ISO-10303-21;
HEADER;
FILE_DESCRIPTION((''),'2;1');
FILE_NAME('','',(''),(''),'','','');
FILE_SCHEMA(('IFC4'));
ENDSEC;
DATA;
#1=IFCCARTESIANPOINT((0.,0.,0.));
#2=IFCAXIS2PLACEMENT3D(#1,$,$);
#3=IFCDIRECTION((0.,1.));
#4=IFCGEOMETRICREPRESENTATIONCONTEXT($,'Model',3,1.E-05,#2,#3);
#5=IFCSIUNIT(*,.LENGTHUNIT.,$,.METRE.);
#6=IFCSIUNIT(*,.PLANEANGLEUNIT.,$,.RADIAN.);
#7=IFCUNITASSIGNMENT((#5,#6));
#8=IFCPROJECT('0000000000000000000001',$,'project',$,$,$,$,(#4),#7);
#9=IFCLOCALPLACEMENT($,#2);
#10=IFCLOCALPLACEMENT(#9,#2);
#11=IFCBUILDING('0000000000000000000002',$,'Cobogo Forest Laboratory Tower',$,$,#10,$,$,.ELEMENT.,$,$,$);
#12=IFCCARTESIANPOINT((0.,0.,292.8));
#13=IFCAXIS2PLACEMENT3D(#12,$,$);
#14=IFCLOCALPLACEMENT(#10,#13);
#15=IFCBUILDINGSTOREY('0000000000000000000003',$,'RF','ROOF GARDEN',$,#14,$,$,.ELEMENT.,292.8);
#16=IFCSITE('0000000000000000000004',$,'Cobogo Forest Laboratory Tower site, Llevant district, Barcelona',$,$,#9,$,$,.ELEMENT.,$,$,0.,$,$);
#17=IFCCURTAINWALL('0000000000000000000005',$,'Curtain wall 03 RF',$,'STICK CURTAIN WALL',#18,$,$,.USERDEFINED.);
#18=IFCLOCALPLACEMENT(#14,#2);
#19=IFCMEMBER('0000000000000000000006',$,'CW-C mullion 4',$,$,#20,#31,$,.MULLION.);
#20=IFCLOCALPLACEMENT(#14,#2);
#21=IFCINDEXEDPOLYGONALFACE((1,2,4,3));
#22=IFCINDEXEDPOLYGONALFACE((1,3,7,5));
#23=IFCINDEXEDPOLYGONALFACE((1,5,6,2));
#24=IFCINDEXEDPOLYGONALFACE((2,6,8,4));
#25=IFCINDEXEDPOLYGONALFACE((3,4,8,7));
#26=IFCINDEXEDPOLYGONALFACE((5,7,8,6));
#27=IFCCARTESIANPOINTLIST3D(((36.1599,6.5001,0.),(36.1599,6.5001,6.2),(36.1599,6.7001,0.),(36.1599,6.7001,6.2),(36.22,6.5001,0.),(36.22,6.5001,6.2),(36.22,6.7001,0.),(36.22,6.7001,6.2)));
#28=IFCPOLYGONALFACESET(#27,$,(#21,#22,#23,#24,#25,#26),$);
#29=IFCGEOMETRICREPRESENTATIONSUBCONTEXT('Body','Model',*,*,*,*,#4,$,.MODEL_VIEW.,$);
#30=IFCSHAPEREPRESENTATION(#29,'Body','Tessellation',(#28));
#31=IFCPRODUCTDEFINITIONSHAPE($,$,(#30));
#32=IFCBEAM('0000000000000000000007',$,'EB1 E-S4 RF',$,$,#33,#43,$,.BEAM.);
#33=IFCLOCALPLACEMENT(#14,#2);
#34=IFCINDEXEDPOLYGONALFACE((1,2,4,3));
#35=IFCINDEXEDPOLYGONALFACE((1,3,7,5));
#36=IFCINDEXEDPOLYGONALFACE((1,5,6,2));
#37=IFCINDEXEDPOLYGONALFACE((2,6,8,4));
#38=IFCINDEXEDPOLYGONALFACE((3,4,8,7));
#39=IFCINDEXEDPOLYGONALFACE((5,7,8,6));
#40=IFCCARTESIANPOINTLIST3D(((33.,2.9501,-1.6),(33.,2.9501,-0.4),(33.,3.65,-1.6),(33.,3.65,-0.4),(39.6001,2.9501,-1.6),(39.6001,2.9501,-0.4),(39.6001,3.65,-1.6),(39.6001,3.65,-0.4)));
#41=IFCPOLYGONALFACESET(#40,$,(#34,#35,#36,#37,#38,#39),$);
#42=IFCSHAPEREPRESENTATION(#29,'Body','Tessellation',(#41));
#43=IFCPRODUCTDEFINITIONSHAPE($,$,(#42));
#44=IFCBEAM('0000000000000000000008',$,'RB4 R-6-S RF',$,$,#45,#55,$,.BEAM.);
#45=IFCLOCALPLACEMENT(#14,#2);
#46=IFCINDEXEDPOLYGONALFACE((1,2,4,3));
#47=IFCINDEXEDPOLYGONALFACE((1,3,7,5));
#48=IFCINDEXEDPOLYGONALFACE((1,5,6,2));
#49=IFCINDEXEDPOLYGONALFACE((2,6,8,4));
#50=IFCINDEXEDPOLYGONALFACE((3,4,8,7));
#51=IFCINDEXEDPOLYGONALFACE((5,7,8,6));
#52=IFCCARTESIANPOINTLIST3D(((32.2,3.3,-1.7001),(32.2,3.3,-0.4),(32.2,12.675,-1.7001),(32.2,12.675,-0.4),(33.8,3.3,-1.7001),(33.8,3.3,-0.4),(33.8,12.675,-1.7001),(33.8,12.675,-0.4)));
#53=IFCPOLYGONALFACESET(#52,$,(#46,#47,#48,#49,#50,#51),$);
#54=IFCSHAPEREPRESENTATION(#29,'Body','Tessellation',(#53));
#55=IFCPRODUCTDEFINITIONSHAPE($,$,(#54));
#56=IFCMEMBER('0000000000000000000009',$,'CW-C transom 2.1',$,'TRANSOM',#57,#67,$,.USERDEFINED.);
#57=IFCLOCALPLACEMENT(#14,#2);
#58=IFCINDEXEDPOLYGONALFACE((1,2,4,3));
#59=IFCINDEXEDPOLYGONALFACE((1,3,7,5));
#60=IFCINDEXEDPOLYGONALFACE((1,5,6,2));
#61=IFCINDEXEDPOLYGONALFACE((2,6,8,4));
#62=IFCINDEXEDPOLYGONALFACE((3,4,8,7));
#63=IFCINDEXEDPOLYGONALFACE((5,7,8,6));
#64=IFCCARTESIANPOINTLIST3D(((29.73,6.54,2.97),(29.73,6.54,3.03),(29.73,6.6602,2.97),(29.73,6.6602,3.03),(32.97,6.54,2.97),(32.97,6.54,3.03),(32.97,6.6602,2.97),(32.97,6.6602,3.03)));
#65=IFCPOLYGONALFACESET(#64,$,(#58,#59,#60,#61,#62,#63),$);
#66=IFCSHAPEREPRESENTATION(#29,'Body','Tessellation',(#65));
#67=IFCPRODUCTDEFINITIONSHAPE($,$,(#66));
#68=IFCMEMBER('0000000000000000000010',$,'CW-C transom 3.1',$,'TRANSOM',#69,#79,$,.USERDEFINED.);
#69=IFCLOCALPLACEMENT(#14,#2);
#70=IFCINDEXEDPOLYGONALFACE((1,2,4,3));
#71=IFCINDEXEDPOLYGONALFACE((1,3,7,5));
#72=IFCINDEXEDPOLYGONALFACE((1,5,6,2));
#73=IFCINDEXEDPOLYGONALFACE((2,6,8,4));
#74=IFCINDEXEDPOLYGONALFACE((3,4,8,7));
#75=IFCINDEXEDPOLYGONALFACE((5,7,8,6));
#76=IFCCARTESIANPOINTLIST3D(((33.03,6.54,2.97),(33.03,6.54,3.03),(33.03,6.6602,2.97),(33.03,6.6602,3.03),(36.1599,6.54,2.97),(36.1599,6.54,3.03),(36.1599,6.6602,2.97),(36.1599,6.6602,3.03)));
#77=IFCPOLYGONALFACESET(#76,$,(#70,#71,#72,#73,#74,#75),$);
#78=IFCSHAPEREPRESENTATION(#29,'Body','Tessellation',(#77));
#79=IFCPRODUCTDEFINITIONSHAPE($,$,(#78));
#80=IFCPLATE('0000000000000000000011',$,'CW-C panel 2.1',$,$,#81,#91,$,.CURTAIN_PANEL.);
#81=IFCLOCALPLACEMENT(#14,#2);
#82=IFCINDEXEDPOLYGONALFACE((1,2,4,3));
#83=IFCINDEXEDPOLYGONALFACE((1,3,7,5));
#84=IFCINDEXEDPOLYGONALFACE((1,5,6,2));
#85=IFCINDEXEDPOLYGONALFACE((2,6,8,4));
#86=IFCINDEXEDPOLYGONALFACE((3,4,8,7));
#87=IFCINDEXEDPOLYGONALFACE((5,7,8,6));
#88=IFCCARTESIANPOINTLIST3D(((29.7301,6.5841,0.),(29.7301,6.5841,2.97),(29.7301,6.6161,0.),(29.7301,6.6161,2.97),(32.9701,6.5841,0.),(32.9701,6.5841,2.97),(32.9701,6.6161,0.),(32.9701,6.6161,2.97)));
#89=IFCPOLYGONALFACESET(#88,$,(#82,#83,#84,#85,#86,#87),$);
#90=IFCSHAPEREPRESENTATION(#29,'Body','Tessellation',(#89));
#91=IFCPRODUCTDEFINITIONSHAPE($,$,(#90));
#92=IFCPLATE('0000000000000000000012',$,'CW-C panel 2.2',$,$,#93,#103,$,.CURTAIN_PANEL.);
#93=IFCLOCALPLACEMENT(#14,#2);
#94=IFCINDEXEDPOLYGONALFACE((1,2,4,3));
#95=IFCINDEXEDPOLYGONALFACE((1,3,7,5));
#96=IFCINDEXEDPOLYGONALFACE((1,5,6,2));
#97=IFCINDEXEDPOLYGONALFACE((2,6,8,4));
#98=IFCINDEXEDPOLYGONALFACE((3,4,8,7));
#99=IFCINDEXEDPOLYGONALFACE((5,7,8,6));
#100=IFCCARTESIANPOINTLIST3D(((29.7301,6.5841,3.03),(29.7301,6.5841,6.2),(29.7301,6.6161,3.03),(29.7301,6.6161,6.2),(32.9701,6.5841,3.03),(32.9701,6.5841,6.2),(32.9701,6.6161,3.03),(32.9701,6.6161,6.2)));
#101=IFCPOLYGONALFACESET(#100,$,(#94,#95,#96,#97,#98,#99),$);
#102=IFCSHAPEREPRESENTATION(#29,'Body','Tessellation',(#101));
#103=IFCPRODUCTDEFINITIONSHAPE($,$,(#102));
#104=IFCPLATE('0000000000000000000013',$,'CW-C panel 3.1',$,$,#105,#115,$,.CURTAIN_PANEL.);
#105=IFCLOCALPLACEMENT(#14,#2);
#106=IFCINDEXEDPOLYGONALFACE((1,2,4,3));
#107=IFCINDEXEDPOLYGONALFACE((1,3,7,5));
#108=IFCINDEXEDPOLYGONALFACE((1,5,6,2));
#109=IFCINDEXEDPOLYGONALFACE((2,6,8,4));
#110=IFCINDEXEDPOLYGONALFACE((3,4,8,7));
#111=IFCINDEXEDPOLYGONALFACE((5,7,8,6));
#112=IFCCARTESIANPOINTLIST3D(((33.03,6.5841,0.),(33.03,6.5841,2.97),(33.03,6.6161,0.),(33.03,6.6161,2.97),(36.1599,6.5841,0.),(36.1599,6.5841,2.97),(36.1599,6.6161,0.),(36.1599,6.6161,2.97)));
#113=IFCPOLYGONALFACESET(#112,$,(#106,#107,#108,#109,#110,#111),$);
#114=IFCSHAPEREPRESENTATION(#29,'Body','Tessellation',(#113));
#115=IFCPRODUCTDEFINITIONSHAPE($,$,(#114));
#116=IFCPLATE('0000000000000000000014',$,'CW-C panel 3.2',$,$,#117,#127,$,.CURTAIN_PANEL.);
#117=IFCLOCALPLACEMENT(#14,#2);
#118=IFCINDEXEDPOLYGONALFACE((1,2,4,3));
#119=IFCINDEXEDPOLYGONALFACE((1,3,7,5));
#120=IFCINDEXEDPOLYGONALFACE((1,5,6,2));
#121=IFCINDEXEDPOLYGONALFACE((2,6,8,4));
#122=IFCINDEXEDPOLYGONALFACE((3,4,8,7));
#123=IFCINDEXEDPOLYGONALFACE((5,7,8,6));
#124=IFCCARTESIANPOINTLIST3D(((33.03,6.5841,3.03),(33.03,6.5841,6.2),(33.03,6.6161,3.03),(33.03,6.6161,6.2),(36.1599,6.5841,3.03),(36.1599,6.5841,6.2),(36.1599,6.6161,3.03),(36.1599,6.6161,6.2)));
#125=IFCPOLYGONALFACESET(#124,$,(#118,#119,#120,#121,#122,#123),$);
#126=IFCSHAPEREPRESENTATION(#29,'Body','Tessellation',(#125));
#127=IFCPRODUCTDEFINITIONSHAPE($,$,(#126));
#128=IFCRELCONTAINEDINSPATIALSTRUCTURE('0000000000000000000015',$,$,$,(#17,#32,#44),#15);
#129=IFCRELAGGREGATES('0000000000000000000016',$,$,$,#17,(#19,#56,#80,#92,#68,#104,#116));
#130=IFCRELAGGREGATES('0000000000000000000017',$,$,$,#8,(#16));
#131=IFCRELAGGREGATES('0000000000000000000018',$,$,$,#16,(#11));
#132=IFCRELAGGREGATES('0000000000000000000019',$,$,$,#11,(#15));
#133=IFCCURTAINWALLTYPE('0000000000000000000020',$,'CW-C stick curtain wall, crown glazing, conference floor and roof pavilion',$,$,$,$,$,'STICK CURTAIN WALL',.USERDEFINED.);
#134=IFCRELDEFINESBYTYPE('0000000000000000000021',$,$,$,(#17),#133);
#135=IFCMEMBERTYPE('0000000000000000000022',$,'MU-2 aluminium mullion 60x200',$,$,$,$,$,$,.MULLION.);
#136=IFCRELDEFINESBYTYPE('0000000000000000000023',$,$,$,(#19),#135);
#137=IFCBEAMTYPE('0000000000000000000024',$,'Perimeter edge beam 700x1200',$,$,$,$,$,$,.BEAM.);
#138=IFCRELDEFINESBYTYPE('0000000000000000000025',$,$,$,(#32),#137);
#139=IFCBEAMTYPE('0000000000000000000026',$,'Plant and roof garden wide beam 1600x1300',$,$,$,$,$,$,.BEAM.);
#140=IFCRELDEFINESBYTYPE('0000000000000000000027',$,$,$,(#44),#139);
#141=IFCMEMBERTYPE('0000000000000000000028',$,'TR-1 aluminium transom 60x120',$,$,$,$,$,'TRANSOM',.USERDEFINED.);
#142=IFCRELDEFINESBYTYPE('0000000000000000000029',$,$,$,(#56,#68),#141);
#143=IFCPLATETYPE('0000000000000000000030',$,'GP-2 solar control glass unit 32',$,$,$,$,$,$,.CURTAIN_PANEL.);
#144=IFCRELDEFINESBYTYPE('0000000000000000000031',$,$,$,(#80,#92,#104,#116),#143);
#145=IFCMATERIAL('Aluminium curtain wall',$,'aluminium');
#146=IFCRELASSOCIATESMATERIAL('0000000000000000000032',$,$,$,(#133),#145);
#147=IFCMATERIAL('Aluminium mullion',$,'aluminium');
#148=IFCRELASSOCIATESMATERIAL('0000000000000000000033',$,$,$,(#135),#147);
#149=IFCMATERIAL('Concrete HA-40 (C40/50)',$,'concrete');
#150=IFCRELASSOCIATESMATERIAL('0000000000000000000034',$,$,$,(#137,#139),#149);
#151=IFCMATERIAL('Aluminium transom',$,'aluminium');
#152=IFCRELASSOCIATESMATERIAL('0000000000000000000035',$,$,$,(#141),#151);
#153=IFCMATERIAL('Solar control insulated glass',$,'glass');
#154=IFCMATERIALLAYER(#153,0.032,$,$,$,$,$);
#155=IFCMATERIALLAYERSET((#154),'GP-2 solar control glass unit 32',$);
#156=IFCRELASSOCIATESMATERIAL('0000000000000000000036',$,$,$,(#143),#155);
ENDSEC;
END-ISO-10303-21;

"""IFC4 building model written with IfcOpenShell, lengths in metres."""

from ifc_helpers import new_model, si_unit, direction, frame, origin, origin_2d, place, context, subcontext, project, spatial, rectangle, extrude, material, layer, layer_set, material_profile, profile_set, type_object, element, aggregate, save


model = new_model("IFC4")

# Units and contexts
model_context = context("Model", 3, precision=1e-05, world=origin(), true_north=direction((0.0, 1.0)))
body_context = subcontext(model_context, "Body", "Model", "MODEL_VIEW")
ifc_project = project(units=[si_unit("LENGTHUNIT", "METRE"), si_unit("PLANEANGLEUNIT", "RADIAN")], contexts=[model_context])

# Site, building, storey
site_placement = place(None, origin())
site = spatial("IfcSite", under=ifc_project, at=site_placement, Name="Cobogo Forest Laboratory Tower site, Llevant district, Barcelona", CompositionType="ELEMENT", RefElevation=0.0)
building_placement = place(site_placement, origin())
building = spatial("IfcBuilding", under=site, at=building_placement, Name="Cobogo Forest Laboratory Tower", CompositionType="ELEMENT")
storey_placement = place(building_placement, frame((0.0, 0.0, 292.8)))
storey = spatial("IfcBuildingStorey", under=building, at=storey_placement, Name="RF", Description="ROOF GARDEN", CompositionType="ELEMENT", Elevation=292.8)

# Curtain wall, member
ifc_material_1 = material(Name="Aluminium curtain wall", Category="aluminium")
curtain_wall_type = type_object("IfcCurtainWallType", Name="CW-C stick curtain wall, crown glazing, conference floor and roof pavilion", ElementType="STICK CURTAIN WALL", PredefinedType="USERDEFINED", material=ifc_material_1)
curtain_wall_placement = place(storey_placement, origin())
curtain_wall = element("IfcCurtainWall", 1, at=curtain_wall_placement, inside=storey, type_object=curtain_wall_type, Name="Curtain wall 03 RF", ObjectType="STICK CURTAIN WALL", PredefinedType="USERDEFINED")
ifc_material_2 = material(Name="Aluminium mullion", Category="aluminium")
ifc_material_profile_1 = material_profile(ifc_material_2, rectangle(XDim=0.0601, YDim=0.2, at=origin_2d()), Name="AL 60x200")
ifc_profile_set_1 = profile_set([ifc_material_profile_1], Name="Aluminium mullion")
member_type_1 = type_object("IfcMemberType", Name="MU-2 aluminium mullion 60x200", PredefinedType="MULLION", material=ifc_profile_set_1)
member_1_placement = place(storey_placement, frame((36.1899, 6.6001, 0.0), z_axis=(0.0, 0.0, 1.0), x_axis=(1.0, 0.0, 0.0)))
member_1 = element("IfcMember", 2, at=member_1_placement, type_object=member_type_1, Name="CW-C mullion 4", PredefinedType="MULLION", context=body_context, shape_type="SweptSolid", body=[
    extrude(rectangle(XDim=0.0601, YDim=0.2, at=origin_2d()), origin(), (0.0, 0.0, 1.0), 6.2),
])

# Beams
ifc_material_3 = material(Name="Concrete HA-40 (C40/50)", Category="concrete")
ifc_material_profile_2 = material_profile(ifc_material_3, rectangle(XDim=0.7, YDim=1.2, at=origin_2d()), Name="RC 700x1200")
ifc_profile_set_2 = profile_set([ifc_material_profile_2], Name="Concrete HA-40 (C40/50)")
beam_type_1 = type_object("IfcBeamType", Name="Perimeter edge beam 700x1200", PredefinedType="BEAM", material=ifc_profile_set_2)
beam_1_placement = place(storey_placement, frame((33.0, 3.3, -1.0), z_axis=(1.0, 0.0, 0.0), x_axis=(0.0, 1.0, 0.0)))
element("IfcBeam", 3, at=beam_1_placement, inside=storey, type_object=beam_type_1, Name="EB1 E-S4 RF", PredefinedType="BEAM", context=body_context, shape_type="SweptSolid", body=[
    extrude(rectangle(XDim=0.7, YDim=1.2, at=origin_2d()), origin(), (0.0, 0.0, 1.0), 6.6001),
])
ifc_material_profile_3 = material_profile(ifc_material_3, rectangle(XDim=1.6001, YDim=1.3, at=origin_2d()), Name="RC 1600x1300")
ifc_profile_set_3 = profile_set([ifc_material_profile_3], Name="Concrete HA-40 (C40/50)")
beam_type_2 = type_object("IfcBeamType", Name="Plant and roof garden wide beam 1600x1300", PredefinedType="BEAM", material=ifc_profile_set_3)
beam_2_placement = place(storey_placement, frame((33.0, 12.675, -1.05), z_axis=(0.0, -1.0, 0.0), x_axis=(1.0, 0.0, 0.0)))
element("IfcBeam", 4, at=beam_2_placement, inside=storey, type_object=beam_type_2, Name="RB4 R-6-S RF", PredefinedType="BEAM", context=body_context, shape_type="SweptSolid", body=[
    extrude(rectangle(XDim=1.6001, YDim=1.3, at=origin_2d()), origin(), (0.0, 0.0, 1.0), 9.375),
])

# Members
ifc_material_4 = material(Name="Aluminium transom", Category="aluminium")
ifc_material_profile_4 = material_profile(ifc_material_4, rectangle(XDim=0.1201, YDim=0.0601, at=origin_2d()), Name="AL 60x120")
ifc_profile_set_4 = profile_set([ifc_material_profile_4], Name="Aluminium transom")
member_type_2 = type_object("IfcMemberType", Name="TR-1 aluminium transom 60x120", ElementType="TRANSOM", PredefinedType="USERDEFINED", material=ifc_profile_set_4)
member_2_placement = place(storey_placement, frame((29.73, 6.6001, 3.0), z_axis=(1.0, 0.0, 0.0), x_axis=(0.0, 1.0, 0.0)))
member_2 = element("IfcMember", 5, at=member_2_placement, type_object=member_type_2, Name="CW-C transom 2.1", ObjectType="TRANSOM", PredefinedType="USERDEFINED", context=body_context, shape_type="SweptSolid", body=[
    extrude(rectangle(XDim=0.1201, YDim=0.0601, at=origin_2d()), origin(), (0.0, 0.0, 1.0), 3.24),
])
member_3_placement = place(storey_placement, frame((33.03, 6.6001, 3.0), z_axis=(1.0, 0.0, 0.0), x_axis=(0.0, 1.0, 0.0)))
member_3 = element("IfcMember", 6, at=member_3_placement, type_object=member_type_2, Name="CW-C transom 3.1", ObjectType="TRANSOM", PredefinedType="USERDEFINED", context=body_context, shape_type="SweptSolid", body=[
    extrude(rectangle(XDim=0.1201, YDim=0.0601, at=origin_2d()), origin(), (0.0, 0.0, 1.0), 3.1299),
])

# Plates
ifc_material_5 = material(Name="Solar control insulated glass", Category="glass")
ifc_layer_1 = layer(ifc_material_5, 0.032)
ifc_layer_set_1 = layer_set([ifc_layer_1], Name="GP-2 solar control glass unit 32")
plate_type = type_object("IfcPlateType", Name="GP-2 solar control glass unit 32", PredefinedType="CURTAIN_PANEL", material=ifc_layer_set_1)
plate_1_placement = place(storey_placement, frame((31.3501, 6.6001, 0.0), z_axis=(0.0, 0.0, 1.0), x_axis=(1.0, 0.0, 0.0)))
plate_1 = element("IfcPlate", 7, at=plate_1_placement, type_object=plate_type, Name="CW-C panel 2.1", PredefinedType="CURTAIN_PANEL", context=body_context, shape_type="SweptSolid", body=[
    extrude(rectangle(XDim=3.24, YDim=0.032, at=origin_2d()), origin(), (0.0, 0.0, 1.0), 2.97),
])
plate_2_placement = place(storey_placement, frame((31.3501, 6.6001, 3.03), z_axis=(0.0, 0.0, 1.0), x_axis=(1.0, 0.0, 0.0)))
plate_2 = element("IfcPlate", 8, at=plate_2_placement, type_object=plate_type, Name="CW-C panel 2.2", PredefinedType="CURTAIN_PANEL", context=body_context, shape_type="SweptSolid", body=[
    extrude(rectangle(XDim=3.24, YDim=0.032, at=origin_2d()), origin(), (0.0, 0.0, 1.0), 3.1699),
])
plate_3_placement = place(storey_placement, frame((34.595, 6.6001, 0.0), z_axis=(0.0, 0.0, 1.0), x_axis=(1.0, 0.0, 0.0)))
plate_3 = element("IfcPlate", 9, at=plate_3_placement, type_object=plate_type, Name="CW-C panel 3.1", PredefinedType="CURTAIN_PANEL", context=body_context, shape_type="SweptSolid", body=[
    extrude(rectangle(XDim=3.1299, YDim=0.032, at=origin_2d()), origin(), (0.0, 0.0, 1.0), 2.97),
])
plate_4_placement = place(storey_placement, frame((34.595, 6.6001, 3.03), z_axis=(0.0, 0.0, 1.0), x_axis=(1.0, 0.0, 0.0)))
plate_4 = element("IfcPlate", 10, at=plate_4_placement, type_object=plate_type, Name="CW-C panel 3.2", PredefinedType="CURTAIN_PANEL", context=body_context, shape_type="SweptSolid", body=[
    extrude(rectangle(XDim=3.1299, YDim=0.032, at=origin_2d()), origin(), (0.0, 0.0, 1.0), 3.1699),
])
aggregate(curtain_wall, [member_1, member_2, plate_1, plate_2, member_3, plate_3, plate_4])

save(model, "model.ifc")
